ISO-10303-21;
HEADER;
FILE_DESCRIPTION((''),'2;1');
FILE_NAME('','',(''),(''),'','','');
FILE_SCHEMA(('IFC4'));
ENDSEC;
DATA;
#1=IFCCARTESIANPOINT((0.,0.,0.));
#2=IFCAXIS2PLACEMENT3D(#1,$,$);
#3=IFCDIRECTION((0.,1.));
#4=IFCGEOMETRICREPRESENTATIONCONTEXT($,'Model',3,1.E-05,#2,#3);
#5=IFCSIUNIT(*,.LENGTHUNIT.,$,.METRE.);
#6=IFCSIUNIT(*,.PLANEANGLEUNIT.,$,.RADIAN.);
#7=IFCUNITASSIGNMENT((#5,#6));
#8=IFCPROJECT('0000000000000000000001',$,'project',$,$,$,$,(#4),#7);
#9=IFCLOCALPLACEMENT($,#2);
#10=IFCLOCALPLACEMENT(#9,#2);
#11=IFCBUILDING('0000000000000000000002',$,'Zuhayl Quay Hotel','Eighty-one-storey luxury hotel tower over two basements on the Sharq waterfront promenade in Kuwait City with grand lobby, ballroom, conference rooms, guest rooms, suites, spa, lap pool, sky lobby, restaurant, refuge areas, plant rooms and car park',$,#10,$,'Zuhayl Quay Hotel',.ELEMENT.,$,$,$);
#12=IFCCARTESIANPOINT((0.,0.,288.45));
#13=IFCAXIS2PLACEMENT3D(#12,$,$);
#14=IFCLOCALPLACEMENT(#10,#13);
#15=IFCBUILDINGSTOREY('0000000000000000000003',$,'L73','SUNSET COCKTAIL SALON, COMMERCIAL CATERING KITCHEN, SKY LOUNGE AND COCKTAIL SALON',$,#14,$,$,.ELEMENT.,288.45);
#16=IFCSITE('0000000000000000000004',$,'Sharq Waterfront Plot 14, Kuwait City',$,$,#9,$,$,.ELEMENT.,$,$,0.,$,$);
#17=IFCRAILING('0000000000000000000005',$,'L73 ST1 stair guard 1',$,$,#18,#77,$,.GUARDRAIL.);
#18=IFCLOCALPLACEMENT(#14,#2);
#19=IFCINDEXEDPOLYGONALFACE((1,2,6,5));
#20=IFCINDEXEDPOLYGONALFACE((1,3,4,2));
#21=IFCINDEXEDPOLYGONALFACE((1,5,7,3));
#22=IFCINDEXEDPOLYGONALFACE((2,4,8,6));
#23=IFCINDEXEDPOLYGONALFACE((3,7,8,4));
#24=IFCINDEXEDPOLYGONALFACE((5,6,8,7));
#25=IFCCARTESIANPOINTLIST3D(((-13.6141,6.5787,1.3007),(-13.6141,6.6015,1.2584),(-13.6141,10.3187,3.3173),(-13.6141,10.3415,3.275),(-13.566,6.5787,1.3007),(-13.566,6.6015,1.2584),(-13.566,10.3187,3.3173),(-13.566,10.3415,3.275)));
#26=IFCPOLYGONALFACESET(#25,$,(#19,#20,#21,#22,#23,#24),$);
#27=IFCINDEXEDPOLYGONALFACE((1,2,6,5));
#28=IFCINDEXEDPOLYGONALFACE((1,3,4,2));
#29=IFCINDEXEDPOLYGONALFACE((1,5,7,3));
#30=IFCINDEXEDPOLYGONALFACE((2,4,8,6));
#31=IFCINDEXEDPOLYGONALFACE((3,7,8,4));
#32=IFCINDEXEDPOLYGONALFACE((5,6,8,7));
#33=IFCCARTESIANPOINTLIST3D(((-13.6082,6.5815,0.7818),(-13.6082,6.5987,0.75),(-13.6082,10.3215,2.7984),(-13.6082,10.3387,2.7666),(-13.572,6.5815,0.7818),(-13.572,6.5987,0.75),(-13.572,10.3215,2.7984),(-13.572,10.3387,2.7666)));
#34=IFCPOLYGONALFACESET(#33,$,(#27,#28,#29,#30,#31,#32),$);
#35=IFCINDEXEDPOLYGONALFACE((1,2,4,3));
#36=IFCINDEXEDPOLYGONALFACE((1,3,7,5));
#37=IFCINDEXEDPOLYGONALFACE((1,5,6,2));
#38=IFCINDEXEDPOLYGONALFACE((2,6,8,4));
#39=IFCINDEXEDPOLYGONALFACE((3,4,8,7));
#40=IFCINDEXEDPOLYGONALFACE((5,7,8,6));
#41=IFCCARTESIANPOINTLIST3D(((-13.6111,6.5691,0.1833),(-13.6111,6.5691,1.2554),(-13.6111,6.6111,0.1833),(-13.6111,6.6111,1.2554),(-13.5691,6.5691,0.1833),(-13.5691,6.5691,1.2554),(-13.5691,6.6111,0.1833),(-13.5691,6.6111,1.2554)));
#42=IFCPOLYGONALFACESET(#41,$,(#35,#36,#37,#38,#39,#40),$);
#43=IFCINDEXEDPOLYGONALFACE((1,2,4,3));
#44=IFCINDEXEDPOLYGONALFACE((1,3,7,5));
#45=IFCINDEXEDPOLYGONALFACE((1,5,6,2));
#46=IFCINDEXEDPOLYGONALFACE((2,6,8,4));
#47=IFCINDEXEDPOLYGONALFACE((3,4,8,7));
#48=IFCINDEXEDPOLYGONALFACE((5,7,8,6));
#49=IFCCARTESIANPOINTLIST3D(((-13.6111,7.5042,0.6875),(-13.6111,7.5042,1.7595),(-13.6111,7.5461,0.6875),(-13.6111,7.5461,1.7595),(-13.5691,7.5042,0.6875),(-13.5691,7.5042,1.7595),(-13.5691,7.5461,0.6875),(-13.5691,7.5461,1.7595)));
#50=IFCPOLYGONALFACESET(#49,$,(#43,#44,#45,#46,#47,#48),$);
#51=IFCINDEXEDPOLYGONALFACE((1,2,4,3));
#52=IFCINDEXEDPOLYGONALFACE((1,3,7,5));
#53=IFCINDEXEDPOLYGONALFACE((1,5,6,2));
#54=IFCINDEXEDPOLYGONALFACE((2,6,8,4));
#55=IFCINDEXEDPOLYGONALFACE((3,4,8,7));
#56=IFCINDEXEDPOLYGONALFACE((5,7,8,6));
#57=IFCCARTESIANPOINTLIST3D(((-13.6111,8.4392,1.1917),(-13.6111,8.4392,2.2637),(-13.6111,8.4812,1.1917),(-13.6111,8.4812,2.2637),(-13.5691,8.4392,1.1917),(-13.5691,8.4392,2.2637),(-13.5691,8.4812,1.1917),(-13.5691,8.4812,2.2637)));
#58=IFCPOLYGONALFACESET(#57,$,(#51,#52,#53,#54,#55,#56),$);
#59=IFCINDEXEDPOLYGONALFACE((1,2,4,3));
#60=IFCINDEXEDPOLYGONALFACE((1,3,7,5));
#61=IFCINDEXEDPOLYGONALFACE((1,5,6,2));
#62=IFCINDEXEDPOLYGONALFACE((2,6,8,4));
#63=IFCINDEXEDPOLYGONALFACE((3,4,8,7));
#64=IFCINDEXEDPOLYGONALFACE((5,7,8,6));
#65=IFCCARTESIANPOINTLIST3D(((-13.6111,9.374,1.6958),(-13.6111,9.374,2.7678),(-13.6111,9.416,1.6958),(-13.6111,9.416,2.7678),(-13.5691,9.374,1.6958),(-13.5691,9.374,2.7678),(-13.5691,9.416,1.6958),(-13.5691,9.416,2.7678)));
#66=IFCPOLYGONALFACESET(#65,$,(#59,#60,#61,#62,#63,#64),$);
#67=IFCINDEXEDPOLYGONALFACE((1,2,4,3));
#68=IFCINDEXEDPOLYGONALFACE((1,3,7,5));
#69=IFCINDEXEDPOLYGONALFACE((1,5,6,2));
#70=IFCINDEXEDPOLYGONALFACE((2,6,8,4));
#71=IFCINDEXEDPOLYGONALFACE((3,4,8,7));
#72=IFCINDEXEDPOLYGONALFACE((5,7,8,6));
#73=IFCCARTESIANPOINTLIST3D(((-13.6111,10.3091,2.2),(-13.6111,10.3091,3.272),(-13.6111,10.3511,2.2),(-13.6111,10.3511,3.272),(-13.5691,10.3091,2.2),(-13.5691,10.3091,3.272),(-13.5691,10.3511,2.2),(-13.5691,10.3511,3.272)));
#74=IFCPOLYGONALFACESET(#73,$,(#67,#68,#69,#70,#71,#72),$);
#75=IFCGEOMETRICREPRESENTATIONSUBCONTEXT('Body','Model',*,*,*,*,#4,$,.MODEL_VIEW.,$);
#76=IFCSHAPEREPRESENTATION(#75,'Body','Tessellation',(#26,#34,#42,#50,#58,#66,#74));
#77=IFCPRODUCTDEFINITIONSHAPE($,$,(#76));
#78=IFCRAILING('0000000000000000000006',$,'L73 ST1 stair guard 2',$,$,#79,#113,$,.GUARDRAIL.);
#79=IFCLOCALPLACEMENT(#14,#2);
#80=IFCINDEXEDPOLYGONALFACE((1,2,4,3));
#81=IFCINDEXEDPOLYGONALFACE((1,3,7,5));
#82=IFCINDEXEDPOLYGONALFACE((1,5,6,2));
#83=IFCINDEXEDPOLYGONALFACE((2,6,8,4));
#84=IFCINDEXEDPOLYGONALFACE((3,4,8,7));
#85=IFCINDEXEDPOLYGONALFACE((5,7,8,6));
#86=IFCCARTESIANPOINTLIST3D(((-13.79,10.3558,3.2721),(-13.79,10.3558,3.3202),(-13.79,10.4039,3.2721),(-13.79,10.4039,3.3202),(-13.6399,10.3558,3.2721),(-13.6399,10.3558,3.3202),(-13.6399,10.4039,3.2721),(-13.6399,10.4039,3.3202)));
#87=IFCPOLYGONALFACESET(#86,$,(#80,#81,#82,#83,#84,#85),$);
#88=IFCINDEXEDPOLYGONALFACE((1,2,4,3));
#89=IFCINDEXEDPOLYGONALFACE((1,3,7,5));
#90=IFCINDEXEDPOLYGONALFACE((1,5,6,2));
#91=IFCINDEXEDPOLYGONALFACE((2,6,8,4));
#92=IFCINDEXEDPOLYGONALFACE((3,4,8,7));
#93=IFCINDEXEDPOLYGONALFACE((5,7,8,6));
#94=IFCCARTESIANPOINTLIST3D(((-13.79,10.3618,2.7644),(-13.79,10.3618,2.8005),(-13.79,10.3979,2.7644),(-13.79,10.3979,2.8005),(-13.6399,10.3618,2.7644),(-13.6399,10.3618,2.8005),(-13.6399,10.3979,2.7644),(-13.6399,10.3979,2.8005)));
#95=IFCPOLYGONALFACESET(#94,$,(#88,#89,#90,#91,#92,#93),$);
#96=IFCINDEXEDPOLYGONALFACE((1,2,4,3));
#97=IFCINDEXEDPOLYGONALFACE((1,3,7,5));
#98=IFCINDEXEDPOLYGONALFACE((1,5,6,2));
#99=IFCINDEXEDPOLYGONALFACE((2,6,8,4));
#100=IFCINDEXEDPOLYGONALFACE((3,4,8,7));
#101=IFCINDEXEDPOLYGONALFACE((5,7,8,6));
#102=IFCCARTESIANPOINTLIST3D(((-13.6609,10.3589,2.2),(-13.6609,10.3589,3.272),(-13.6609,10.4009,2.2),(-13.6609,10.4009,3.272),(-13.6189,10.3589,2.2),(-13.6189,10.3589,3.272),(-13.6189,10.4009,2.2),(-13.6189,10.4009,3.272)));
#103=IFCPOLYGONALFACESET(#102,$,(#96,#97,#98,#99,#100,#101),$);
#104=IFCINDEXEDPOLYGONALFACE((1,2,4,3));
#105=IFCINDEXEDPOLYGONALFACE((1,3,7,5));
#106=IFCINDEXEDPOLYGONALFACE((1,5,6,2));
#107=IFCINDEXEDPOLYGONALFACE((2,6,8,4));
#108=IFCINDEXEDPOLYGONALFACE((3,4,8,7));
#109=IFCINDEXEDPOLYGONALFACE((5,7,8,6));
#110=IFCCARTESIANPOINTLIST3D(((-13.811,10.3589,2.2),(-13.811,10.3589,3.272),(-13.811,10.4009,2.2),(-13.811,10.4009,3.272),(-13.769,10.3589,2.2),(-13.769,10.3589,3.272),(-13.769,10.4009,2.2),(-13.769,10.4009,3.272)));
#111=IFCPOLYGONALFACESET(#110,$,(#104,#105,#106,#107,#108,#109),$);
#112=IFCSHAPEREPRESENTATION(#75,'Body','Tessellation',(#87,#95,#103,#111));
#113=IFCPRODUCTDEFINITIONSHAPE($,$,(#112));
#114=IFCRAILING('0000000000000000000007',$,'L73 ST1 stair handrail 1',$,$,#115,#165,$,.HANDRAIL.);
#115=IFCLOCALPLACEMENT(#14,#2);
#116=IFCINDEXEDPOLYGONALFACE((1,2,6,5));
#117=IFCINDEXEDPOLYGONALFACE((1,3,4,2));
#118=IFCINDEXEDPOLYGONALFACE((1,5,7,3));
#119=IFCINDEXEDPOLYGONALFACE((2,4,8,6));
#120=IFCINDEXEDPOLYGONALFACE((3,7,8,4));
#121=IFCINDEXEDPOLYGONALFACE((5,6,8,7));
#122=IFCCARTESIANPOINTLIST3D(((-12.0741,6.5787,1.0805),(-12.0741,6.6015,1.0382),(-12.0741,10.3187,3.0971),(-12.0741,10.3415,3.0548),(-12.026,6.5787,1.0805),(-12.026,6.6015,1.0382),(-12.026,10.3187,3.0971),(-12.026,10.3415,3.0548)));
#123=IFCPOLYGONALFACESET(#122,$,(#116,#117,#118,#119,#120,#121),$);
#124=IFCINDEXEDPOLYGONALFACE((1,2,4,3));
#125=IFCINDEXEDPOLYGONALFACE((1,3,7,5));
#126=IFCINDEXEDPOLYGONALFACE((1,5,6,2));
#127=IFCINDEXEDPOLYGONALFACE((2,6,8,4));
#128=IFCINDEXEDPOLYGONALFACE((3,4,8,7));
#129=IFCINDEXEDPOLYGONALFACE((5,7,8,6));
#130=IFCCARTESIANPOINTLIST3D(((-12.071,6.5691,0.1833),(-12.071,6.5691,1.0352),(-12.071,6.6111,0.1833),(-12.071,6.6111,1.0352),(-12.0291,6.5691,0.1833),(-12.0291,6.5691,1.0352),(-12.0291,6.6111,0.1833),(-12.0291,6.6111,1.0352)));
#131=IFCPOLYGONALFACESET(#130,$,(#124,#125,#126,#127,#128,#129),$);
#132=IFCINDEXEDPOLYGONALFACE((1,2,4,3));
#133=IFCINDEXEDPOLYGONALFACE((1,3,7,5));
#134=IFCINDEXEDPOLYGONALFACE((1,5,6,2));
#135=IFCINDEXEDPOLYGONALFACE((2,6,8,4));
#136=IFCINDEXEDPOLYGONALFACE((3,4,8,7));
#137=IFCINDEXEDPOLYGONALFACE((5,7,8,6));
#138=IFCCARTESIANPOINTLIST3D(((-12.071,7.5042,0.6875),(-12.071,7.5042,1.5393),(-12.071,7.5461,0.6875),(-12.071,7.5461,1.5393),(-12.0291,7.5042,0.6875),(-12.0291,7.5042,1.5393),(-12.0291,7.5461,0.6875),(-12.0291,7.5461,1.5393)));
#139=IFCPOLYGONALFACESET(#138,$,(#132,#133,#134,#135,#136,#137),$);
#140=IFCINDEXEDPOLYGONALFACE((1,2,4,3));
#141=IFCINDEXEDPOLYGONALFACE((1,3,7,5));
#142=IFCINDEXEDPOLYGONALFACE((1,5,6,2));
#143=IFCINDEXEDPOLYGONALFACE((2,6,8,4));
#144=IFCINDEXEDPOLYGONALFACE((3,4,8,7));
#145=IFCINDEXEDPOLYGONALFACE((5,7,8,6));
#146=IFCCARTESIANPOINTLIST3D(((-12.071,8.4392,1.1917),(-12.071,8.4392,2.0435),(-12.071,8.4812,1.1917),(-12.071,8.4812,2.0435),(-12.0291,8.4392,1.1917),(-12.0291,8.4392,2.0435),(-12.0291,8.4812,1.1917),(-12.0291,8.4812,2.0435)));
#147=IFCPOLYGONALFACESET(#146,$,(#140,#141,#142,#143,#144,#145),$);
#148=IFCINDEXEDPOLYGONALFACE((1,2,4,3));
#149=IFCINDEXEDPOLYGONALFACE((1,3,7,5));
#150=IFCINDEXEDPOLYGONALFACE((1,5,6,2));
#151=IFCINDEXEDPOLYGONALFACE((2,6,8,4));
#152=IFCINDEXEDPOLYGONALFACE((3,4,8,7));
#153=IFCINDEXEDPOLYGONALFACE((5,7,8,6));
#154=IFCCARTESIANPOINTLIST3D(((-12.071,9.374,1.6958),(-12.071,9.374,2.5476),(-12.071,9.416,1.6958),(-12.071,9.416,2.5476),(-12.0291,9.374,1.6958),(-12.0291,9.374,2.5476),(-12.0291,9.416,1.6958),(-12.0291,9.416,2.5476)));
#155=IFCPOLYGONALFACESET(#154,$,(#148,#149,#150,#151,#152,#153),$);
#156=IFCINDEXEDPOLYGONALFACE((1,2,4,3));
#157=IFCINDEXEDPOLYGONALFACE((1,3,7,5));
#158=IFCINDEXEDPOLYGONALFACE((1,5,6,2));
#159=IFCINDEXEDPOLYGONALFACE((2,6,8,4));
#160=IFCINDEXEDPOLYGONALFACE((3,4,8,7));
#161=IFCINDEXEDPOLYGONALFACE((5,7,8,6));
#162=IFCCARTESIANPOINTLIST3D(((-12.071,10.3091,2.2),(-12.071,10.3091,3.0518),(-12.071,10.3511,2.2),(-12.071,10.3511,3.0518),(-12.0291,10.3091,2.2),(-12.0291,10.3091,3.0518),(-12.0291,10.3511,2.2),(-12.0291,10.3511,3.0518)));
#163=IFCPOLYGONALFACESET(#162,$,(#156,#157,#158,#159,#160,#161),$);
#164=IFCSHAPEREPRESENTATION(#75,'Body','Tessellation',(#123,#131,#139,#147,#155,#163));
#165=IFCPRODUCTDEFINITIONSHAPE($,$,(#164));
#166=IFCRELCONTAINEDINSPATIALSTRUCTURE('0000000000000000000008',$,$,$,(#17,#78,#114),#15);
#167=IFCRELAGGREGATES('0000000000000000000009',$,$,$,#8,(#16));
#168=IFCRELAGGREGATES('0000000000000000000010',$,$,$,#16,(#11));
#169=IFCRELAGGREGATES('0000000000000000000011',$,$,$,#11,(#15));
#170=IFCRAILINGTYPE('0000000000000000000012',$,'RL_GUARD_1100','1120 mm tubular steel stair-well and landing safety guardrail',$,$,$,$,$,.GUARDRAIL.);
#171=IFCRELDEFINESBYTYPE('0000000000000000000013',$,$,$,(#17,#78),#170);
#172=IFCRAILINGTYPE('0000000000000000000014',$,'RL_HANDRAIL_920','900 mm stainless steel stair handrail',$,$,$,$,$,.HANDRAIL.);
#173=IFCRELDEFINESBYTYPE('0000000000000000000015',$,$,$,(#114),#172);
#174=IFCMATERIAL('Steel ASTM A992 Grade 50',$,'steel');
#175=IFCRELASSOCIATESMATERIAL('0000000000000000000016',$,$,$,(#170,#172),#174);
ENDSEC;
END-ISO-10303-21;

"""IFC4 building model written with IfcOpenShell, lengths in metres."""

from ifc_helpers import new_model, si_unit, direction, frame, origin, origin_2d, place, context, subcontext, project, spatial, rectangle, extrude, material, type_object, element, save


model = new_model("IFC4")

# Units and contexts
model_context = context("Model", 3, precision=1e-05, world=origin(), true_north=direction((0.0, 1.0)))
body_context = subcontext(model_context, "Body", "Model", "MODEL_VIEW")
ifc_project = project(units=[si_unit("LENGTHUNIT", "METRE"), si_unit("PLANEANGLEUNIT", "RADIAN")], contexts=[model_context])

# Site, building, storey
site_placement = place(None, origin())
site = spatial("IfcSite", under=ifc_project, at=site_placement, Name="Sharq Waterfront Plot 14, Kuwait City", CompositionType="ELEMENT", RefElevation=0.0)
building_placement = place(site_placement, origin())
building = spatial("IfcBuilding", under=site, at=building_placement, Name="Zuhayl Quay Hotel", Description="Eighty-one-storey luxury hotel tower over two basements on the Sharq waterfront promenade in Kuwait City with grand lobby, ballroom, conference rooms, guest rooms, suites, spa, lap pool, sky lobby, restaurant, refuge areas, plant rooms and car park", LongName="Zuhayl Quay Hotel", CompositionType="ELEMENT")
storey_placement = place(building_placement, frame((0.0, 0.0, 288.45)))
storey = spatial("IfcBuildingStorey", under=building, at=storey_placement, Name="L73", Description="SUNSET COCKTAIL SALON, COMMERCIAL CATERING KITCHEN, SKY LOUNGE AND COCKTAIL SALON", CompositionType="ELEMENT", Elevation=288.45)

# Shared definitions
ifc_material_1 = material(Name="Steel ASTM A992 Grade 50", Category="steel")

# Railings
railing_type_1 = type_object("IfcRailingType", Name="RL_GUARD_1100", Description="1120 mm tubular steel stair-well and landing safety guardrail", PredefinedType="GUARDRAIL", material=ifc_material_1)
railing_1_placement = place(storey_placement, frame((-13.5901, 6.5901, 0.1833)))
element("IfcRailing", 1, at=railing_1_placement, inside=storey, type_object=railing_type_1, Name="L73 ST1 stair guard 1", PredefinedType="GUARDRAIL", context=body_context, shape_type="SweptSolid", body=[
    extrude(rectangle(XDim=0.0481, YDim=0.0481, at=origin_2d()), frame((0.0, 0.0, 1.0962), z_axis=(0.0, 0.8802, 0.474603), x_axis=(-1.0, 0.0, 0.0)), (0.0, 0.0, 1.0), 4.249),
    extrude(rectangle(XDim=0.0361, YDim=0.0361, at=origin_2d()), frame((0.0, 0.0, 0.5825), z_axis=(0.0, 0.8802, 0.474603), x_axis=(-1.0, 0.0, 0.0)), (0.0, 0.0, 1.0), 4.249),
    extrude(rectangle(XDim=0.042, YDim=0.042, at=origin_2d()), origin(), (0.0, 0.0, 1.0), 1.072),
    extrude(rectangle(XDim=0.042, YDim=0.042, at=origin_2d()), frame((0.0, 0.9351, 0.5042)), (0.0, 0.0, 1.0), 1.072),
    extrude(rectangle(XDim=0.042, YDim=0.042, at=origin_2d()), frame((0.0, 1.8701, 1.0083)), (0.0, 0.0, 1.0), 1.072),
    extrude(rectangle(XDim=0.042, YDim=0.042, at=origin_2d()), frame((0.0, 2.8049, 1.5125)), (0.0, 0.0, 1.0), 1.072),
    extrude(rectangle(XDim=0.042, YDim=0.042, at=origin_2d()), frame((0.0, 3.74, 2.0166)), (0.0, 0.0, 1.0), 1.072),
])
railing_2_placement = place(storey_placement, frame((-13.6399, 10.3799, 2.2)))
element("IfcRailing", 2, at=railing_2_placement, inside=storey, type_object=railing_type_1, Name="L73 ST1 stair guard 2", PredefinedType="GUARDRAIL", context=body_context, shape_type="SweptSolid", body=[
    extrude(rectangle(XDim=0.0481, YDim=0.0481, at=origin_2d()), frame((0.0, 0.0, 1.0962), z_axis=(-1.0, 0.0, 0.0), x_axis=(0.0, -1.0, 0.0)), (0.0, 0.0, 1.0), 0.1501),
    extrude(rectangle(XDim=0.0361, YDim=0.0361, at=origin_2d()), frame((0.0, 0.0, 0.5825), z_axis=(-1.0, 0.0, 0.0), x_axis=(0.0, -1.0, 0.0)), (0.0, 0.0, 1.0), 0.1501),
    extrude(rectangle(XDim=0.042, YDim=0.042, at=origin_2d()), origin(), (0.0, 0.0, 1.0), 1.072),
    extrude(rectangle(XDim=0.042, YDim=0.042, at=origin_2d()), frame((-0.1501, 0.0, 0.0)), (0.0, 0.0, 1.0), 1.072),
])
railing_type_2 = type_object("IfcRailingType", Name="RL_HANDRAIL_920", Description="900 mm stainless steel stair handrail", PredefinedType="HANDRAIL", material=ifc_material_1)
railing_3_placement = place(storey_placement, frame((-12.05, 6.5901, 0.1833)))
element("IfcRailing", 3, at=railing_3_placement, inside=storey, type_object=railing_type_2, Name="L73 ST1 stair handrail 1", PredefinedType="HANDRAIL", context=body_context, shape_type="SweptSolid", body=[
    extrude(rectangle(XDim=0.0481, YDim=0.0481, at=origin_2d()), frame((0.0, 0.0, 0.876), z_axis=(0.0, 0.8802, 0.474603), x_axis=(-1.0, 0.0, 0.0)), (0.0, 0.0, 1.0), 4.249),
    extrude(rectangle(XDim=0.042, YDim=0.042, at=origin_2d()), origin(), (0.0, 0.0, 1.0), 0.8518),
    extrude(rectangle(XDim=0.042, YDim=0.042, at=origin_2d()), frame((0.0, 0.9351, 0.5042)), (0.0, 0.0, 1.0), 0.8518),
    extrude(rectangle(XDim=0.042, YDim=0.042, at=origin_2d()), frame((0.0, 1.8701, 1.0083)), (0.0, 0.0, 1.0), 0.8518),
    extrude(rectangle(XDim=0.042, YDim=0.042, at=origin_2d()), frame((0.0, 2.8049, 1.5125)), (0.0, 0.0, 1.0), 0.8518),
    extrude(rectangle(XDim=0.042, YDim=0.042, at=origin_2d()), frame((0.0, 3.74, 2.0166)), (0.0, 0.0, 1.0), 0.8518),
])

save(model, "model.ifc")
